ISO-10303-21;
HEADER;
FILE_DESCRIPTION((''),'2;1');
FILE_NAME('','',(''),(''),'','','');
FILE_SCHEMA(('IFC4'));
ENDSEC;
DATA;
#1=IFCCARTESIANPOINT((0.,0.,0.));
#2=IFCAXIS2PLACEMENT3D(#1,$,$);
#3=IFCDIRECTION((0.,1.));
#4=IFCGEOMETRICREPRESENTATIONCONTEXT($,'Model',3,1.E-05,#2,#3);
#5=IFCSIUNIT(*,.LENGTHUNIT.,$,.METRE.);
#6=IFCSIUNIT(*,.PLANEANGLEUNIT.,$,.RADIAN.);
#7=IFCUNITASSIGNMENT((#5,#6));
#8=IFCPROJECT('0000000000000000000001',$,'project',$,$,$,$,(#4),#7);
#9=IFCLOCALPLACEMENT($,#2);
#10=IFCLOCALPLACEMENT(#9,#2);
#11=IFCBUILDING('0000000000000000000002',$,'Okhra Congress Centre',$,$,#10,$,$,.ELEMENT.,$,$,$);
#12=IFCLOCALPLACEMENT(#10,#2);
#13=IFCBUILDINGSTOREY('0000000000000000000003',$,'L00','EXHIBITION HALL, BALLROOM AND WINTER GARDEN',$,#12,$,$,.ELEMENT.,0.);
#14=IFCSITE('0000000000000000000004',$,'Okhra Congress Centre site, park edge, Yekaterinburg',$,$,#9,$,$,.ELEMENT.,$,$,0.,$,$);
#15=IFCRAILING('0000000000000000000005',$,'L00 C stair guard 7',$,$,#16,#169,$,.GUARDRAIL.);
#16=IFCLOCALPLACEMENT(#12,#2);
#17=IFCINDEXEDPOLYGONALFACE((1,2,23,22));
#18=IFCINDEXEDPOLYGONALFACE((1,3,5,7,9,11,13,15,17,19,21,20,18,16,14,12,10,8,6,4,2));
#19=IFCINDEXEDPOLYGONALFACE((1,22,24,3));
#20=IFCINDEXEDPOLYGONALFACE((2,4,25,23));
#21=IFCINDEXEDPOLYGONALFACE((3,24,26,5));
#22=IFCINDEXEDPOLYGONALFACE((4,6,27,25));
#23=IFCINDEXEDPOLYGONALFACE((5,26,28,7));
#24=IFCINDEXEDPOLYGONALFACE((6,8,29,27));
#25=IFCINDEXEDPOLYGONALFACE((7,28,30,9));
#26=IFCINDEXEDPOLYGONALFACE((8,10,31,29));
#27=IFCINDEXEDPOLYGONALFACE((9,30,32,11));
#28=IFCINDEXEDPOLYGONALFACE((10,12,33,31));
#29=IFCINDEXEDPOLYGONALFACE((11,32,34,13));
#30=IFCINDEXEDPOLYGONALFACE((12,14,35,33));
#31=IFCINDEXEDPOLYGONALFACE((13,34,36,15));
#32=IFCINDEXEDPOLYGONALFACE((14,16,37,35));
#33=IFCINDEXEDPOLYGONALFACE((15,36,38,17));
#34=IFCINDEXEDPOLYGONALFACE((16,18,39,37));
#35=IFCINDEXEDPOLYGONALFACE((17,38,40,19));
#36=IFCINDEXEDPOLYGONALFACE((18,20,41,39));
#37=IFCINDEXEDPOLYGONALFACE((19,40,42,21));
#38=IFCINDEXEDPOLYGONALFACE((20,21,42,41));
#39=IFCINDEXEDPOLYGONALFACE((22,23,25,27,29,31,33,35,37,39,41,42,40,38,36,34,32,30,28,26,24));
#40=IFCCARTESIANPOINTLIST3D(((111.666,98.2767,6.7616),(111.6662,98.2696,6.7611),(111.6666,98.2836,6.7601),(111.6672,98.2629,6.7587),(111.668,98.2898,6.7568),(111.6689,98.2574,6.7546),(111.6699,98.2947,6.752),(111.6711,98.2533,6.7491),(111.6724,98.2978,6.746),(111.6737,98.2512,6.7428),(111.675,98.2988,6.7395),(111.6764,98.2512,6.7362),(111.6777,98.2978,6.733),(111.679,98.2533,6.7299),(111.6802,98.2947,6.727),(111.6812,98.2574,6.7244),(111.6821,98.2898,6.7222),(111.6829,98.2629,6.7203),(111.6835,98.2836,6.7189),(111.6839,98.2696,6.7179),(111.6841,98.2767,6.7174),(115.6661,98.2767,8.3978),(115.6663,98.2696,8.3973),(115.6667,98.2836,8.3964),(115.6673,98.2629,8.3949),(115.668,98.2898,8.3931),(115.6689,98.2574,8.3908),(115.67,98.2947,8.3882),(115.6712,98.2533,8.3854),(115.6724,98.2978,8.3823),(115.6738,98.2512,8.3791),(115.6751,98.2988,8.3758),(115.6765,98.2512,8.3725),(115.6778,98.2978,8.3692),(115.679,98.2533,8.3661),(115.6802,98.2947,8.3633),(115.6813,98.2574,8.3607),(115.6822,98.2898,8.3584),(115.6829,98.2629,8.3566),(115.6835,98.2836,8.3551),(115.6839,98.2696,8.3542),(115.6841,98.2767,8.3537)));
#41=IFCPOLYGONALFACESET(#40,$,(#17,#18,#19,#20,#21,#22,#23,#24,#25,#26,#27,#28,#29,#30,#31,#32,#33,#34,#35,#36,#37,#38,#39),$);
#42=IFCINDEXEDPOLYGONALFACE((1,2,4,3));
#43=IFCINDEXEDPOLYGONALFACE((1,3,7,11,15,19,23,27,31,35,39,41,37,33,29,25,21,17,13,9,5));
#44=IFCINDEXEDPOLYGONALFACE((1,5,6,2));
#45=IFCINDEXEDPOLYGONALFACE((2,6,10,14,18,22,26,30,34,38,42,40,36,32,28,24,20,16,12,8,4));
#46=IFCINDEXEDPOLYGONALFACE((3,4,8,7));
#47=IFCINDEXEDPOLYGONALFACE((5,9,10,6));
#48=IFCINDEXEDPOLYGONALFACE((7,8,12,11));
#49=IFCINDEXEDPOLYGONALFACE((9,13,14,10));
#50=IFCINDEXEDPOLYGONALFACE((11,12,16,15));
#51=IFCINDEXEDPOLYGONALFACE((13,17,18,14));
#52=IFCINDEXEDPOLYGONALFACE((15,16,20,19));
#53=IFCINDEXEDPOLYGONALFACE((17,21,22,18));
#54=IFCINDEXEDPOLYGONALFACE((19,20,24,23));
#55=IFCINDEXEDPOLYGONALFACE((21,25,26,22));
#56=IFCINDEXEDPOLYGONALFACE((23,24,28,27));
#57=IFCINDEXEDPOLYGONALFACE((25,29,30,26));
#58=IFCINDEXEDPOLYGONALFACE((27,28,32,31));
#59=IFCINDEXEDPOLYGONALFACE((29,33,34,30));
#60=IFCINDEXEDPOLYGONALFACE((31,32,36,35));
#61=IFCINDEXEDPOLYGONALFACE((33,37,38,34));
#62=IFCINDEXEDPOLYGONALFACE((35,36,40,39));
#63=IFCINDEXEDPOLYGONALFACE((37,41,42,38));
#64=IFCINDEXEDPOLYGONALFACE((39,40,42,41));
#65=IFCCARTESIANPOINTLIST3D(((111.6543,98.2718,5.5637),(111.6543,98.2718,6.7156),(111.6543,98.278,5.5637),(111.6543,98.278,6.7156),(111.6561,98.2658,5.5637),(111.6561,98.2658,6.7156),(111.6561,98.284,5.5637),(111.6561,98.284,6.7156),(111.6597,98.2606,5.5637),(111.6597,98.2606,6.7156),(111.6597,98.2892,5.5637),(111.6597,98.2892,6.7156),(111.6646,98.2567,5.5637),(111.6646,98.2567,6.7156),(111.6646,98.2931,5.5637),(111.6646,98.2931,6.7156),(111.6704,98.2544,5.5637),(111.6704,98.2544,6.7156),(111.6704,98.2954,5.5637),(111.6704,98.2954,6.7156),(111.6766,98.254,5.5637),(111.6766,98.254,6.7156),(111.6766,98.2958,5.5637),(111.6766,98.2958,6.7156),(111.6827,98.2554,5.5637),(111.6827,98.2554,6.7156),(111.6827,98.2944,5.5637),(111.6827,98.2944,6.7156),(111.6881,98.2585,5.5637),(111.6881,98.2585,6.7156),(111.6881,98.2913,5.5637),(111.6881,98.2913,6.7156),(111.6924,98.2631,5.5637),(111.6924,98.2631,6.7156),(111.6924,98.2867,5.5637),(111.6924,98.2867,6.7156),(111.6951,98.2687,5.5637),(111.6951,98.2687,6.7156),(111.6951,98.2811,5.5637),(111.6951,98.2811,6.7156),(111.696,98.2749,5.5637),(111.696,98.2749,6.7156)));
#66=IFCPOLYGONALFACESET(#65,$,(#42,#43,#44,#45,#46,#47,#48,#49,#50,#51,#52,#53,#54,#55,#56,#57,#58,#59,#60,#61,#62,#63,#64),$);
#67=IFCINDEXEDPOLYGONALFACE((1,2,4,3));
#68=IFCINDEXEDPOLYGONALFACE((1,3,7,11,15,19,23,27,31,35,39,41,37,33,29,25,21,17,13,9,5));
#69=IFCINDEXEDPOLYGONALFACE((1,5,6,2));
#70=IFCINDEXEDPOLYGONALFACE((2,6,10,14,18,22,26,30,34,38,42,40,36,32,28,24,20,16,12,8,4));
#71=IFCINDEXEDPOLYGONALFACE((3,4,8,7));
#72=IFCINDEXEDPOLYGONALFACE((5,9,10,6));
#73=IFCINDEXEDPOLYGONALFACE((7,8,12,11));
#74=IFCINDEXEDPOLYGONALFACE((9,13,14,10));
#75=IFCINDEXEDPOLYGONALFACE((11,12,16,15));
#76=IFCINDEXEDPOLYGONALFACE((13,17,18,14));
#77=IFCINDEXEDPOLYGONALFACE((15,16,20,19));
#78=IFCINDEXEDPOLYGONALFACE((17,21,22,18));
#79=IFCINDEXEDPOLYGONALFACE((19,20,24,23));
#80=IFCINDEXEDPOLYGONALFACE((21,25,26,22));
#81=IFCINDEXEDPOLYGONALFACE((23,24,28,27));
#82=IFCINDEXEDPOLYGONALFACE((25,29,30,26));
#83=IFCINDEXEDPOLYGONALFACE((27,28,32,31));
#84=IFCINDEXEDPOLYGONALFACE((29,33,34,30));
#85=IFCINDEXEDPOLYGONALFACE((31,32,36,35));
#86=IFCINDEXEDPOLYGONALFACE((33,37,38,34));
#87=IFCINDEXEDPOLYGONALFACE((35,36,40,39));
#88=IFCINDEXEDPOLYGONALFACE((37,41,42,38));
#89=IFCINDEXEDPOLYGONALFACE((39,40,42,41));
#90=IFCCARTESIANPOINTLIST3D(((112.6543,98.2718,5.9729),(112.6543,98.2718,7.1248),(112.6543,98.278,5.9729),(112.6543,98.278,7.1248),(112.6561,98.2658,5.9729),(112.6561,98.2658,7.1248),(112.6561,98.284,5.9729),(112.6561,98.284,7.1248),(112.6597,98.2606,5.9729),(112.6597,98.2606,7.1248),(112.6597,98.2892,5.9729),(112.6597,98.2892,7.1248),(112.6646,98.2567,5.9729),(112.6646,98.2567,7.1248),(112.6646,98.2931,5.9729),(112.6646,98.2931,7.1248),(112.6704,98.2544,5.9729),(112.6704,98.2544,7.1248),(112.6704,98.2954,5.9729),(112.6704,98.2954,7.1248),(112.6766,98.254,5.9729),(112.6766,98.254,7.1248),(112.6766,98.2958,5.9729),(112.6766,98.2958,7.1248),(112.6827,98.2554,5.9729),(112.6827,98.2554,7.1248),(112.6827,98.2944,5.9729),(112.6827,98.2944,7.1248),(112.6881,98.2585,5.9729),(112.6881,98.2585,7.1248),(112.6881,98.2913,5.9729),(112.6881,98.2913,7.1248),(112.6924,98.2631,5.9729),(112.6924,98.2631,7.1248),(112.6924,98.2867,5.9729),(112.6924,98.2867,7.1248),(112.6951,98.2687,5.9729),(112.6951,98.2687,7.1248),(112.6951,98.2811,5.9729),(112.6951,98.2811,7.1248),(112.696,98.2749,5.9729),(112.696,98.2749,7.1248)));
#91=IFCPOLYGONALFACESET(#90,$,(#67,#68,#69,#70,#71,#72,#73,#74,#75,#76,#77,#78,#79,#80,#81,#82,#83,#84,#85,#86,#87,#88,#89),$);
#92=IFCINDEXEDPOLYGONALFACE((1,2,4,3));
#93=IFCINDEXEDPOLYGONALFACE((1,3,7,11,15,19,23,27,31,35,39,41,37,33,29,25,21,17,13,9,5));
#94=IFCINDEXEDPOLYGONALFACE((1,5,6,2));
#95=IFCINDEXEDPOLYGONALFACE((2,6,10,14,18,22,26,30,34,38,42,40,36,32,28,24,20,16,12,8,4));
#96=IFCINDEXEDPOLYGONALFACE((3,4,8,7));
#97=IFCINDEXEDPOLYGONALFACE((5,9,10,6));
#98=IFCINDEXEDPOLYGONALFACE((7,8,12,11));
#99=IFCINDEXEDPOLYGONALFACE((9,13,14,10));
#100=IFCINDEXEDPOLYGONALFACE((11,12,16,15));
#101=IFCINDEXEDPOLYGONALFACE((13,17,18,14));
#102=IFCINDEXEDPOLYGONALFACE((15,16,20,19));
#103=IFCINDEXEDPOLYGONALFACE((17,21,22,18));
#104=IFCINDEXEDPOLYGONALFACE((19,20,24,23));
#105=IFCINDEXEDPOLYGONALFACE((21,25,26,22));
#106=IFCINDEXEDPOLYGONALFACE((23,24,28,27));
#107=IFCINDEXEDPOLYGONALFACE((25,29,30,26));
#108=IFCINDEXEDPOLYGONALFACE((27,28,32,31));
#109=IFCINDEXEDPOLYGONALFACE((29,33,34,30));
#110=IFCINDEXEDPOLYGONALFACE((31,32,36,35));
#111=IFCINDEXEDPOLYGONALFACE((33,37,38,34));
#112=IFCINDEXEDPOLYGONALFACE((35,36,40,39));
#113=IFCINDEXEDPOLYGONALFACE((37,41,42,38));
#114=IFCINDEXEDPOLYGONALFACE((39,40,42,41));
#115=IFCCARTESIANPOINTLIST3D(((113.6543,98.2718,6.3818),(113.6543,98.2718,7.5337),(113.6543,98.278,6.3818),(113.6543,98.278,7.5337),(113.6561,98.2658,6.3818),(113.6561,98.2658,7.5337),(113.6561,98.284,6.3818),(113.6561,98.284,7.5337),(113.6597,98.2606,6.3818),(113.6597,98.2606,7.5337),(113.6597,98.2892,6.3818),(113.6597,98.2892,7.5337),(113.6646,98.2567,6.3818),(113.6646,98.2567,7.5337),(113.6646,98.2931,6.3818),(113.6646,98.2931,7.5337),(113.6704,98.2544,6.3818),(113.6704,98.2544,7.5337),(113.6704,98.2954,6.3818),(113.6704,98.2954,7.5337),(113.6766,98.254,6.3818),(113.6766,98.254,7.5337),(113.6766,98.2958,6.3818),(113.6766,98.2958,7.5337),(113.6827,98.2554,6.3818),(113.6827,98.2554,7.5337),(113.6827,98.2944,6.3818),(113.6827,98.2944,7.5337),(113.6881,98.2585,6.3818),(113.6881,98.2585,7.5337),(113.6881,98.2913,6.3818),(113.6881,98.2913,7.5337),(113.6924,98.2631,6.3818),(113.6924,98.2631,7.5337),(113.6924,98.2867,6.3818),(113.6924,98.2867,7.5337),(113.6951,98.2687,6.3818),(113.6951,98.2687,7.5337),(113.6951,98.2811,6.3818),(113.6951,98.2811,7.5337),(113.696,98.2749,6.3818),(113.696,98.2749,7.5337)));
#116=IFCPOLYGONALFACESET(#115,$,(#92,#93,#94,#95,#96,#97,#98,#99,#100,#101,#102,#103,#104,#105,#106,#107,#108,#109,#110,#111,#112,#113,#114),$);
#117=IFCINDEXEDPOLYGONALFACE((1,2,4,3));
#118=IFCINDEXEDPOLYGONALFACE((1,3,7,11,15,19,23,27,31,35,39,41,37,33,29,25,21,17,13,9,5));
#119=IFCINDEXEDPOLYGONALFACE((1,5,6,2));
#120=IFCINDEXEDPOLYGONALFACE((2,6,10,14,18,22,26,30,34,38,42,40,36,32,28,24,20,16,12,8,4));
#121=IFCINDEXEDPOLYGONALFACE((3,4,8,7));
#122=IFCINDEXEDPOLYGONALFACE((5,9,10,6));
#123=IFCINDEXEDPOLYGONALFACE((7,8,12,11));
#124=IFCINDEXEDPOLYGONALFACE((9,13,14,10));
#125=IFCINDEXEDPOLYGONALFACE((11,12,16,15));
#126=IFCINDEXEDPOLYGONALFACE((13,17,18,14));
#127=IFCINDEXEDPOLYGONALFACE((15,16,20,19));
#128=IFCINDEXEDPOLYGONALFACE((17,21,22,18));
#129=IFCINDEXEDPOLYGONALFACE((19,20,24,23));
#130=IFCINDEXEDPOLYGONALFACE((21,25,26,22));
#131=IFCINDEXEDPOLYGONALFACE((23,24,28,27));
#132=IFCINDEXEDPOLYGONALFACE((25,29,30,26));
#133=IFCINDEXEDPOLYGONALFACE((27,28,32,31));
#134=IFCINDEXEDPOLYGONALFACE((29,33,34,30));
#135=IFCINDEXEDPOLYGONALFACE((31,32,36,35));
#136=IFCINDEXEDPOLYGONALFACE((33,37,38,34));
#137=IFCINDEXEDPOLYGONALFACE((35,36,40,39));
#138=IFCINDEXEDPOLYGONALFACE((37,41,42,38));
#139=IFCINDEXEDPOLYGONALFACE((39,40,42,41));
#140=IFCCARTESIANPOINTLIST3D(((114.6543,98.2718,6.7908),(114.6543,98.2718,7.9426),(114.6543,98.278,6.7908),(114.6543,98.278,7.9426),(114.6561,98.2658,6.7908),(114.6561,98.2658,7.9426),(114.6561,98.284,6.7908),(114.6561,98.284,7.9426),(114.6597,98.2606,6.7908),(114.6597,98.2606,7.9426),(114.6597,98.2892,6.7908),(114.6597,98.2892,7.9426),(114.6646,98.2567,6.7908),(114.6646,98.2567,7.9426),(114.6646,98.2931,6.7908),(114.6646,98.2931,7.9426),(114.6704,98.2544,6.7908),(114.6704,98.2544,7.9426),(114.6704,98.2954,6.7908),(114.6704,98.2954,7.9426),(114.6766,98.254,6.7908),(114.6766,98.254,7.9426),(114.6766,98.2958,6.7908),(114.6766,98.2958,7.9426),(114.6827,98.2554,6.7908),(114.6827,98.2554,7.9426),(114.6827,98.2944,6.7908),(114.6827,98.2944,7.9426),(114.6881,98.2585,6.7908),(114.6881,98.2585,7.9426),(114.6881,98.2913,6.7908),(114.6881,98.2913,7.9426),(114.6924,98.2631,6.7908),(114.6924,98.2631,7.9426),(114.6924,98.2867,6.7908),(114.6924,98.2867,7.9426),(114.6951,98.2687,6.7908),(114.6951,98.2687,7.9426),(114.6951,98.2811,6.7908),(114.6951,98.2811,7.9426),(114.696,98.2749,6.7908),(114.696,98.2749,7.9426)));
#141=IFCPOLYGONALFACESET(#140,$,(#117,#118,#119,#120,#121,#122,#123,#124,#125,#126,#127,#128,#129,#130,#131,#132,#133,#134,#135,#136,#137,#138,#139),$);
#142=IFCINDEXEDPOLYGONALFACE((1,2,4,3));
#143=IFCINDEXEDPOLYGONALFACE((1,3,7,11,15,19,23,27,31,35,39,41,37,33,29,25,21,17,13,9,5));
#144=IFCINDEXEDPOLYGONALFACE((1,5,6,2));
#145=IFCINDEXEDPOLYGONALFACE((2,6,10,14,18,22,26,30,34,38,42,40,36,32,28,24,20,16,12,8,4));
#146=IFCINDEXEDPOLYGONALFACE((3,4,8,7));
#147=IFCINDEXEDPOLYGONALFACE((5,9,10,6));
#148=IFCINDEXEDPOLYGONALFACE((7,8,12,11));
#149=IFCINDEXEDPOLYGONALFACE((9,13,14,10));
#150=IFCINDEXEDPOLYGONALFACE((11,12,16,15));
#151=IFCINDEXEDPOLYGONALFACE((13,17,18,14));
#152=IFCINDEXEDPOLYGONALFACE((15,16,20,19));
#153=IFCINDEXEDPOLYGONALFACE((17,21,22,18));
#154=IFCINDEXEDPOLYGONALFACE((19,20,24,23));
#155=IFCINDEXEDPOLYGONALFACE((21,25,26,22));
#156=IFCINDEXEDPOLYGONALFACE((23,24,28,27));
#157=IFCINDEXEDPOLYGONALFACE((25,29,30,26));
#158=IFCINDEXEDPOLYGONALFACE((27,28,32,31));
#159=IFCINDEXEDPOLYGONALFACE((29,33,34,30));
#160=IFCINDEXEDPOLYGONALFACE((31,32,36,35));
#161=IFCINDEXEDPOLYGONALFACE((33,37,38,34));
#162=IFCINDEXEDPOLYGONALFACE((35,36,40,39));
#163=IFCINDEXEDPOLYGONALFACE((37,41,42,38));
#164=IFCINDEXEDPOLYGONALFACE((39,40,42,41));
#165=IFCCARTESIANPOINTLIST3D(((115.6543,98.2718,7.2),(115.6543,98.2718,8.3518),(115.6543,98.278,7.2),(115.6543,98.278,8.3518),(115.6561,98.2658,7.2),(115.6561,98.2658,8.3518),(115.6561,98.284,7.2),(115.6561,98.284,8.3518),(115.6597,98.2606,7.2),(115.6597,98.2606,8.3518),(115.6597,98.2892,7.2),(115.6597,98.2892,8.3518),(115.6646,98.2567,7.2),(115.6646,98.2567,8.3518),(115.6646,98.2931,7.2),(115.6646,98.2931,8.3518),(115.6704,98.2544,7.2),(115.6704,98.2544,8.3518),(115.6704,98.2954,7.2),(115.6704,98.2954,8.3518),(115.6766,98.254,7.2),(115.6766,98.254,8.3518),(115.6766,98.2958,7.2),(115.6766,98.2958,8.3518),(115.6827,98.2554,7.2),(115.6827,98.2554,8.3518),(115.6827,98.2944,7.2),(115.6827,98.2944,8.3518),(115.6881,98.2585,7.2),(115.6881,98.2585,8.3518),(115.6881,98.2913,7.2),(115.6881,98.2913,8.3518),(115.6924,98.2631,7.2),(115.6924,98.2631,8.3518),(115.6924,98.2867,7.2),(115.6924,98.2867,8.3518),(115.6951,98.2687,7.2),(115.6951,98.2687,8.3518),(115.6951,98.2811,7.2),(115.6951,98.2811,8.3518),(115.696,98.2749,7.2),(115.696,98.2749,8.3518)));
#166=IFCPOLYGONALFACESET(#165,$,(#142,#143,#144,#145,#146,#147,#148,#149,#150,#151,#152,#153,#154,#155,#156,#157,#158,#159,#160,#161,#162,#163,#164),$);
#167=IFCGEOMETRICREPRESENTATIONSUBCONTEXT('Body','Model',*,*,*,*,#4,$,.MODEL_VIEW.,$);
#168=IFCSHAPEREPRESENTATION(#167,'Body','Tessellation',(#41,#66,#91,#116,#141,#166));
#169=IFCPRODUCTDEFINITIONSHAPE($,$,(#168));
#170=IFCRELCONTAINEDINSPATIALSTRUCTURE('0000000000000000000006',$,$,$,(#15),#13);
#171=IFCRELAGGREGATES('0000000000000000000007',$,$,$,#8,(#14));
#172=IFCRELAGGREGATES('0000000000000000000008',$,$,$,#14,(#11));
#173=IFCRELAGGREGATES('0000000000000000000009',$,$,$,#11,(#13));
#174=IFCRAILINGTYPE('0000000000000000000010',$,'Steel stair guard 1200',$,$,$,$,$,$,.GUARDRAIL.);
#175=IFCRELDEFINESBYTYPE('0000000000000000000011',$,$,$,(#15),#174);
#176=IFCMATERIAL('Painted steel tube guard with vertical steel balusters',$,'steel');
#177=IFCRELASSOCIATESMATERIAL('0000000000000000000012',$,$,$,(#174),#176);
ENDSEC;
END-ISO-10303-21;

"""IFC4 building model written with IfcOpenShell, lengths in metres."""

from ifc_helpers import new_model, si_unit, direction, frame, origin, origin_2d, place, context, subcontext, project, spatial, circle, extrude, material, type_object, element, save


model = new_model("IFC4")

# Units and contexts
model_context = context("Model", 3, precision=1e-05, world=origin(), true_north=direction((0.0, 1.0)))
body_context = subcontext(model_context, "Body", "Model", "MODEL_VIEW")
ifc_project = project(units=[si_unit("LENGTHUNIT", "METRE"), si_unit("PLANEANGLEUNIT", "RADIAN")], contexts=[model_context])

# Site, building, storey
site_placement = place(None, origin())
site = spatial("IfcSite", under=ifc_project, at=site_placement, Name="Okhra Congress Centre site, park edge, Yekaterinburg", CompositionType="ELEMENT", RefElevation=0.0)
building_placement = place(site_placement, origin())
building = spatial("IfcBuilding", under=site, at=building_placement, Name="Okhra Congress Centre", CompositionType="ELEMENT")
storey_placement = place(building_placement, origin())
storey = spatial("IfcBuildingStorey", under=building, at=storey_placement, Name="L00", Description="EXHIBITION HALL, BALLROOM AND WINTER GARDEN", CompositionType="ELEMENT", Elevation=0.0)

# Railing
ifc_material_1 = material(Name="Painted steel tube guard with vertical steel balusters", Category="steel")
railing_type_1 = type_object("IfcRailingType", Name="Steel stair guard 1200", PredefinedType="GUARDRAIL", material=ifc_material_1)
railing_1_placement = place(storey_placement, frame((111.675, 98.2749, 5.5637)))
element("IfcRailing", 1, at=railing_1_placement, inside=storey, type_object=railing_type_1, Name="L00 C stair guard 7", PredefinedType="GUARDRAIL", context=body_context, shape_type="SweptSolid", body=[
    extrude(circle(Radius=0.0239, at=origin_2d()), frame((0.0, 0.0, 1.1758), z_axis=(0.925558, 0.0, 0.378606), x_axis=(0.0, 1.0, 0.0)), (0.0, 0.0, 1.0), 4.3218),
    extrude(circle(Radius=0.021, at=origin_2d()), origin(), (0.0, 0.0, 1.0), 1.1519),
    extrude(circle(Radius=0.021, at=origin_2d()), frame((1.0, 0.0, 0.4092)), (0.0, 0.0, 1.0), 1.1519),
    extrude(circle(Radius=0.021, at=origin_2d()), frame((2.0, 0.0, 0.8181)), (0.0, 0.0, 1.0), 1.1519),
    extrude(circle(Radius=0.021, at=origin_2d()), frame((3.0, 0.0, 1.2271)), (0.0, 0.0, 1.0), 1.1519),
    extrude(circle(Radius=0.021, at=origin_2d()), frame((4.0, 0.0, 1.6362)), (0.0, 0.0, 1.0), 1.1519),
])

save(model, "model.ifc")
